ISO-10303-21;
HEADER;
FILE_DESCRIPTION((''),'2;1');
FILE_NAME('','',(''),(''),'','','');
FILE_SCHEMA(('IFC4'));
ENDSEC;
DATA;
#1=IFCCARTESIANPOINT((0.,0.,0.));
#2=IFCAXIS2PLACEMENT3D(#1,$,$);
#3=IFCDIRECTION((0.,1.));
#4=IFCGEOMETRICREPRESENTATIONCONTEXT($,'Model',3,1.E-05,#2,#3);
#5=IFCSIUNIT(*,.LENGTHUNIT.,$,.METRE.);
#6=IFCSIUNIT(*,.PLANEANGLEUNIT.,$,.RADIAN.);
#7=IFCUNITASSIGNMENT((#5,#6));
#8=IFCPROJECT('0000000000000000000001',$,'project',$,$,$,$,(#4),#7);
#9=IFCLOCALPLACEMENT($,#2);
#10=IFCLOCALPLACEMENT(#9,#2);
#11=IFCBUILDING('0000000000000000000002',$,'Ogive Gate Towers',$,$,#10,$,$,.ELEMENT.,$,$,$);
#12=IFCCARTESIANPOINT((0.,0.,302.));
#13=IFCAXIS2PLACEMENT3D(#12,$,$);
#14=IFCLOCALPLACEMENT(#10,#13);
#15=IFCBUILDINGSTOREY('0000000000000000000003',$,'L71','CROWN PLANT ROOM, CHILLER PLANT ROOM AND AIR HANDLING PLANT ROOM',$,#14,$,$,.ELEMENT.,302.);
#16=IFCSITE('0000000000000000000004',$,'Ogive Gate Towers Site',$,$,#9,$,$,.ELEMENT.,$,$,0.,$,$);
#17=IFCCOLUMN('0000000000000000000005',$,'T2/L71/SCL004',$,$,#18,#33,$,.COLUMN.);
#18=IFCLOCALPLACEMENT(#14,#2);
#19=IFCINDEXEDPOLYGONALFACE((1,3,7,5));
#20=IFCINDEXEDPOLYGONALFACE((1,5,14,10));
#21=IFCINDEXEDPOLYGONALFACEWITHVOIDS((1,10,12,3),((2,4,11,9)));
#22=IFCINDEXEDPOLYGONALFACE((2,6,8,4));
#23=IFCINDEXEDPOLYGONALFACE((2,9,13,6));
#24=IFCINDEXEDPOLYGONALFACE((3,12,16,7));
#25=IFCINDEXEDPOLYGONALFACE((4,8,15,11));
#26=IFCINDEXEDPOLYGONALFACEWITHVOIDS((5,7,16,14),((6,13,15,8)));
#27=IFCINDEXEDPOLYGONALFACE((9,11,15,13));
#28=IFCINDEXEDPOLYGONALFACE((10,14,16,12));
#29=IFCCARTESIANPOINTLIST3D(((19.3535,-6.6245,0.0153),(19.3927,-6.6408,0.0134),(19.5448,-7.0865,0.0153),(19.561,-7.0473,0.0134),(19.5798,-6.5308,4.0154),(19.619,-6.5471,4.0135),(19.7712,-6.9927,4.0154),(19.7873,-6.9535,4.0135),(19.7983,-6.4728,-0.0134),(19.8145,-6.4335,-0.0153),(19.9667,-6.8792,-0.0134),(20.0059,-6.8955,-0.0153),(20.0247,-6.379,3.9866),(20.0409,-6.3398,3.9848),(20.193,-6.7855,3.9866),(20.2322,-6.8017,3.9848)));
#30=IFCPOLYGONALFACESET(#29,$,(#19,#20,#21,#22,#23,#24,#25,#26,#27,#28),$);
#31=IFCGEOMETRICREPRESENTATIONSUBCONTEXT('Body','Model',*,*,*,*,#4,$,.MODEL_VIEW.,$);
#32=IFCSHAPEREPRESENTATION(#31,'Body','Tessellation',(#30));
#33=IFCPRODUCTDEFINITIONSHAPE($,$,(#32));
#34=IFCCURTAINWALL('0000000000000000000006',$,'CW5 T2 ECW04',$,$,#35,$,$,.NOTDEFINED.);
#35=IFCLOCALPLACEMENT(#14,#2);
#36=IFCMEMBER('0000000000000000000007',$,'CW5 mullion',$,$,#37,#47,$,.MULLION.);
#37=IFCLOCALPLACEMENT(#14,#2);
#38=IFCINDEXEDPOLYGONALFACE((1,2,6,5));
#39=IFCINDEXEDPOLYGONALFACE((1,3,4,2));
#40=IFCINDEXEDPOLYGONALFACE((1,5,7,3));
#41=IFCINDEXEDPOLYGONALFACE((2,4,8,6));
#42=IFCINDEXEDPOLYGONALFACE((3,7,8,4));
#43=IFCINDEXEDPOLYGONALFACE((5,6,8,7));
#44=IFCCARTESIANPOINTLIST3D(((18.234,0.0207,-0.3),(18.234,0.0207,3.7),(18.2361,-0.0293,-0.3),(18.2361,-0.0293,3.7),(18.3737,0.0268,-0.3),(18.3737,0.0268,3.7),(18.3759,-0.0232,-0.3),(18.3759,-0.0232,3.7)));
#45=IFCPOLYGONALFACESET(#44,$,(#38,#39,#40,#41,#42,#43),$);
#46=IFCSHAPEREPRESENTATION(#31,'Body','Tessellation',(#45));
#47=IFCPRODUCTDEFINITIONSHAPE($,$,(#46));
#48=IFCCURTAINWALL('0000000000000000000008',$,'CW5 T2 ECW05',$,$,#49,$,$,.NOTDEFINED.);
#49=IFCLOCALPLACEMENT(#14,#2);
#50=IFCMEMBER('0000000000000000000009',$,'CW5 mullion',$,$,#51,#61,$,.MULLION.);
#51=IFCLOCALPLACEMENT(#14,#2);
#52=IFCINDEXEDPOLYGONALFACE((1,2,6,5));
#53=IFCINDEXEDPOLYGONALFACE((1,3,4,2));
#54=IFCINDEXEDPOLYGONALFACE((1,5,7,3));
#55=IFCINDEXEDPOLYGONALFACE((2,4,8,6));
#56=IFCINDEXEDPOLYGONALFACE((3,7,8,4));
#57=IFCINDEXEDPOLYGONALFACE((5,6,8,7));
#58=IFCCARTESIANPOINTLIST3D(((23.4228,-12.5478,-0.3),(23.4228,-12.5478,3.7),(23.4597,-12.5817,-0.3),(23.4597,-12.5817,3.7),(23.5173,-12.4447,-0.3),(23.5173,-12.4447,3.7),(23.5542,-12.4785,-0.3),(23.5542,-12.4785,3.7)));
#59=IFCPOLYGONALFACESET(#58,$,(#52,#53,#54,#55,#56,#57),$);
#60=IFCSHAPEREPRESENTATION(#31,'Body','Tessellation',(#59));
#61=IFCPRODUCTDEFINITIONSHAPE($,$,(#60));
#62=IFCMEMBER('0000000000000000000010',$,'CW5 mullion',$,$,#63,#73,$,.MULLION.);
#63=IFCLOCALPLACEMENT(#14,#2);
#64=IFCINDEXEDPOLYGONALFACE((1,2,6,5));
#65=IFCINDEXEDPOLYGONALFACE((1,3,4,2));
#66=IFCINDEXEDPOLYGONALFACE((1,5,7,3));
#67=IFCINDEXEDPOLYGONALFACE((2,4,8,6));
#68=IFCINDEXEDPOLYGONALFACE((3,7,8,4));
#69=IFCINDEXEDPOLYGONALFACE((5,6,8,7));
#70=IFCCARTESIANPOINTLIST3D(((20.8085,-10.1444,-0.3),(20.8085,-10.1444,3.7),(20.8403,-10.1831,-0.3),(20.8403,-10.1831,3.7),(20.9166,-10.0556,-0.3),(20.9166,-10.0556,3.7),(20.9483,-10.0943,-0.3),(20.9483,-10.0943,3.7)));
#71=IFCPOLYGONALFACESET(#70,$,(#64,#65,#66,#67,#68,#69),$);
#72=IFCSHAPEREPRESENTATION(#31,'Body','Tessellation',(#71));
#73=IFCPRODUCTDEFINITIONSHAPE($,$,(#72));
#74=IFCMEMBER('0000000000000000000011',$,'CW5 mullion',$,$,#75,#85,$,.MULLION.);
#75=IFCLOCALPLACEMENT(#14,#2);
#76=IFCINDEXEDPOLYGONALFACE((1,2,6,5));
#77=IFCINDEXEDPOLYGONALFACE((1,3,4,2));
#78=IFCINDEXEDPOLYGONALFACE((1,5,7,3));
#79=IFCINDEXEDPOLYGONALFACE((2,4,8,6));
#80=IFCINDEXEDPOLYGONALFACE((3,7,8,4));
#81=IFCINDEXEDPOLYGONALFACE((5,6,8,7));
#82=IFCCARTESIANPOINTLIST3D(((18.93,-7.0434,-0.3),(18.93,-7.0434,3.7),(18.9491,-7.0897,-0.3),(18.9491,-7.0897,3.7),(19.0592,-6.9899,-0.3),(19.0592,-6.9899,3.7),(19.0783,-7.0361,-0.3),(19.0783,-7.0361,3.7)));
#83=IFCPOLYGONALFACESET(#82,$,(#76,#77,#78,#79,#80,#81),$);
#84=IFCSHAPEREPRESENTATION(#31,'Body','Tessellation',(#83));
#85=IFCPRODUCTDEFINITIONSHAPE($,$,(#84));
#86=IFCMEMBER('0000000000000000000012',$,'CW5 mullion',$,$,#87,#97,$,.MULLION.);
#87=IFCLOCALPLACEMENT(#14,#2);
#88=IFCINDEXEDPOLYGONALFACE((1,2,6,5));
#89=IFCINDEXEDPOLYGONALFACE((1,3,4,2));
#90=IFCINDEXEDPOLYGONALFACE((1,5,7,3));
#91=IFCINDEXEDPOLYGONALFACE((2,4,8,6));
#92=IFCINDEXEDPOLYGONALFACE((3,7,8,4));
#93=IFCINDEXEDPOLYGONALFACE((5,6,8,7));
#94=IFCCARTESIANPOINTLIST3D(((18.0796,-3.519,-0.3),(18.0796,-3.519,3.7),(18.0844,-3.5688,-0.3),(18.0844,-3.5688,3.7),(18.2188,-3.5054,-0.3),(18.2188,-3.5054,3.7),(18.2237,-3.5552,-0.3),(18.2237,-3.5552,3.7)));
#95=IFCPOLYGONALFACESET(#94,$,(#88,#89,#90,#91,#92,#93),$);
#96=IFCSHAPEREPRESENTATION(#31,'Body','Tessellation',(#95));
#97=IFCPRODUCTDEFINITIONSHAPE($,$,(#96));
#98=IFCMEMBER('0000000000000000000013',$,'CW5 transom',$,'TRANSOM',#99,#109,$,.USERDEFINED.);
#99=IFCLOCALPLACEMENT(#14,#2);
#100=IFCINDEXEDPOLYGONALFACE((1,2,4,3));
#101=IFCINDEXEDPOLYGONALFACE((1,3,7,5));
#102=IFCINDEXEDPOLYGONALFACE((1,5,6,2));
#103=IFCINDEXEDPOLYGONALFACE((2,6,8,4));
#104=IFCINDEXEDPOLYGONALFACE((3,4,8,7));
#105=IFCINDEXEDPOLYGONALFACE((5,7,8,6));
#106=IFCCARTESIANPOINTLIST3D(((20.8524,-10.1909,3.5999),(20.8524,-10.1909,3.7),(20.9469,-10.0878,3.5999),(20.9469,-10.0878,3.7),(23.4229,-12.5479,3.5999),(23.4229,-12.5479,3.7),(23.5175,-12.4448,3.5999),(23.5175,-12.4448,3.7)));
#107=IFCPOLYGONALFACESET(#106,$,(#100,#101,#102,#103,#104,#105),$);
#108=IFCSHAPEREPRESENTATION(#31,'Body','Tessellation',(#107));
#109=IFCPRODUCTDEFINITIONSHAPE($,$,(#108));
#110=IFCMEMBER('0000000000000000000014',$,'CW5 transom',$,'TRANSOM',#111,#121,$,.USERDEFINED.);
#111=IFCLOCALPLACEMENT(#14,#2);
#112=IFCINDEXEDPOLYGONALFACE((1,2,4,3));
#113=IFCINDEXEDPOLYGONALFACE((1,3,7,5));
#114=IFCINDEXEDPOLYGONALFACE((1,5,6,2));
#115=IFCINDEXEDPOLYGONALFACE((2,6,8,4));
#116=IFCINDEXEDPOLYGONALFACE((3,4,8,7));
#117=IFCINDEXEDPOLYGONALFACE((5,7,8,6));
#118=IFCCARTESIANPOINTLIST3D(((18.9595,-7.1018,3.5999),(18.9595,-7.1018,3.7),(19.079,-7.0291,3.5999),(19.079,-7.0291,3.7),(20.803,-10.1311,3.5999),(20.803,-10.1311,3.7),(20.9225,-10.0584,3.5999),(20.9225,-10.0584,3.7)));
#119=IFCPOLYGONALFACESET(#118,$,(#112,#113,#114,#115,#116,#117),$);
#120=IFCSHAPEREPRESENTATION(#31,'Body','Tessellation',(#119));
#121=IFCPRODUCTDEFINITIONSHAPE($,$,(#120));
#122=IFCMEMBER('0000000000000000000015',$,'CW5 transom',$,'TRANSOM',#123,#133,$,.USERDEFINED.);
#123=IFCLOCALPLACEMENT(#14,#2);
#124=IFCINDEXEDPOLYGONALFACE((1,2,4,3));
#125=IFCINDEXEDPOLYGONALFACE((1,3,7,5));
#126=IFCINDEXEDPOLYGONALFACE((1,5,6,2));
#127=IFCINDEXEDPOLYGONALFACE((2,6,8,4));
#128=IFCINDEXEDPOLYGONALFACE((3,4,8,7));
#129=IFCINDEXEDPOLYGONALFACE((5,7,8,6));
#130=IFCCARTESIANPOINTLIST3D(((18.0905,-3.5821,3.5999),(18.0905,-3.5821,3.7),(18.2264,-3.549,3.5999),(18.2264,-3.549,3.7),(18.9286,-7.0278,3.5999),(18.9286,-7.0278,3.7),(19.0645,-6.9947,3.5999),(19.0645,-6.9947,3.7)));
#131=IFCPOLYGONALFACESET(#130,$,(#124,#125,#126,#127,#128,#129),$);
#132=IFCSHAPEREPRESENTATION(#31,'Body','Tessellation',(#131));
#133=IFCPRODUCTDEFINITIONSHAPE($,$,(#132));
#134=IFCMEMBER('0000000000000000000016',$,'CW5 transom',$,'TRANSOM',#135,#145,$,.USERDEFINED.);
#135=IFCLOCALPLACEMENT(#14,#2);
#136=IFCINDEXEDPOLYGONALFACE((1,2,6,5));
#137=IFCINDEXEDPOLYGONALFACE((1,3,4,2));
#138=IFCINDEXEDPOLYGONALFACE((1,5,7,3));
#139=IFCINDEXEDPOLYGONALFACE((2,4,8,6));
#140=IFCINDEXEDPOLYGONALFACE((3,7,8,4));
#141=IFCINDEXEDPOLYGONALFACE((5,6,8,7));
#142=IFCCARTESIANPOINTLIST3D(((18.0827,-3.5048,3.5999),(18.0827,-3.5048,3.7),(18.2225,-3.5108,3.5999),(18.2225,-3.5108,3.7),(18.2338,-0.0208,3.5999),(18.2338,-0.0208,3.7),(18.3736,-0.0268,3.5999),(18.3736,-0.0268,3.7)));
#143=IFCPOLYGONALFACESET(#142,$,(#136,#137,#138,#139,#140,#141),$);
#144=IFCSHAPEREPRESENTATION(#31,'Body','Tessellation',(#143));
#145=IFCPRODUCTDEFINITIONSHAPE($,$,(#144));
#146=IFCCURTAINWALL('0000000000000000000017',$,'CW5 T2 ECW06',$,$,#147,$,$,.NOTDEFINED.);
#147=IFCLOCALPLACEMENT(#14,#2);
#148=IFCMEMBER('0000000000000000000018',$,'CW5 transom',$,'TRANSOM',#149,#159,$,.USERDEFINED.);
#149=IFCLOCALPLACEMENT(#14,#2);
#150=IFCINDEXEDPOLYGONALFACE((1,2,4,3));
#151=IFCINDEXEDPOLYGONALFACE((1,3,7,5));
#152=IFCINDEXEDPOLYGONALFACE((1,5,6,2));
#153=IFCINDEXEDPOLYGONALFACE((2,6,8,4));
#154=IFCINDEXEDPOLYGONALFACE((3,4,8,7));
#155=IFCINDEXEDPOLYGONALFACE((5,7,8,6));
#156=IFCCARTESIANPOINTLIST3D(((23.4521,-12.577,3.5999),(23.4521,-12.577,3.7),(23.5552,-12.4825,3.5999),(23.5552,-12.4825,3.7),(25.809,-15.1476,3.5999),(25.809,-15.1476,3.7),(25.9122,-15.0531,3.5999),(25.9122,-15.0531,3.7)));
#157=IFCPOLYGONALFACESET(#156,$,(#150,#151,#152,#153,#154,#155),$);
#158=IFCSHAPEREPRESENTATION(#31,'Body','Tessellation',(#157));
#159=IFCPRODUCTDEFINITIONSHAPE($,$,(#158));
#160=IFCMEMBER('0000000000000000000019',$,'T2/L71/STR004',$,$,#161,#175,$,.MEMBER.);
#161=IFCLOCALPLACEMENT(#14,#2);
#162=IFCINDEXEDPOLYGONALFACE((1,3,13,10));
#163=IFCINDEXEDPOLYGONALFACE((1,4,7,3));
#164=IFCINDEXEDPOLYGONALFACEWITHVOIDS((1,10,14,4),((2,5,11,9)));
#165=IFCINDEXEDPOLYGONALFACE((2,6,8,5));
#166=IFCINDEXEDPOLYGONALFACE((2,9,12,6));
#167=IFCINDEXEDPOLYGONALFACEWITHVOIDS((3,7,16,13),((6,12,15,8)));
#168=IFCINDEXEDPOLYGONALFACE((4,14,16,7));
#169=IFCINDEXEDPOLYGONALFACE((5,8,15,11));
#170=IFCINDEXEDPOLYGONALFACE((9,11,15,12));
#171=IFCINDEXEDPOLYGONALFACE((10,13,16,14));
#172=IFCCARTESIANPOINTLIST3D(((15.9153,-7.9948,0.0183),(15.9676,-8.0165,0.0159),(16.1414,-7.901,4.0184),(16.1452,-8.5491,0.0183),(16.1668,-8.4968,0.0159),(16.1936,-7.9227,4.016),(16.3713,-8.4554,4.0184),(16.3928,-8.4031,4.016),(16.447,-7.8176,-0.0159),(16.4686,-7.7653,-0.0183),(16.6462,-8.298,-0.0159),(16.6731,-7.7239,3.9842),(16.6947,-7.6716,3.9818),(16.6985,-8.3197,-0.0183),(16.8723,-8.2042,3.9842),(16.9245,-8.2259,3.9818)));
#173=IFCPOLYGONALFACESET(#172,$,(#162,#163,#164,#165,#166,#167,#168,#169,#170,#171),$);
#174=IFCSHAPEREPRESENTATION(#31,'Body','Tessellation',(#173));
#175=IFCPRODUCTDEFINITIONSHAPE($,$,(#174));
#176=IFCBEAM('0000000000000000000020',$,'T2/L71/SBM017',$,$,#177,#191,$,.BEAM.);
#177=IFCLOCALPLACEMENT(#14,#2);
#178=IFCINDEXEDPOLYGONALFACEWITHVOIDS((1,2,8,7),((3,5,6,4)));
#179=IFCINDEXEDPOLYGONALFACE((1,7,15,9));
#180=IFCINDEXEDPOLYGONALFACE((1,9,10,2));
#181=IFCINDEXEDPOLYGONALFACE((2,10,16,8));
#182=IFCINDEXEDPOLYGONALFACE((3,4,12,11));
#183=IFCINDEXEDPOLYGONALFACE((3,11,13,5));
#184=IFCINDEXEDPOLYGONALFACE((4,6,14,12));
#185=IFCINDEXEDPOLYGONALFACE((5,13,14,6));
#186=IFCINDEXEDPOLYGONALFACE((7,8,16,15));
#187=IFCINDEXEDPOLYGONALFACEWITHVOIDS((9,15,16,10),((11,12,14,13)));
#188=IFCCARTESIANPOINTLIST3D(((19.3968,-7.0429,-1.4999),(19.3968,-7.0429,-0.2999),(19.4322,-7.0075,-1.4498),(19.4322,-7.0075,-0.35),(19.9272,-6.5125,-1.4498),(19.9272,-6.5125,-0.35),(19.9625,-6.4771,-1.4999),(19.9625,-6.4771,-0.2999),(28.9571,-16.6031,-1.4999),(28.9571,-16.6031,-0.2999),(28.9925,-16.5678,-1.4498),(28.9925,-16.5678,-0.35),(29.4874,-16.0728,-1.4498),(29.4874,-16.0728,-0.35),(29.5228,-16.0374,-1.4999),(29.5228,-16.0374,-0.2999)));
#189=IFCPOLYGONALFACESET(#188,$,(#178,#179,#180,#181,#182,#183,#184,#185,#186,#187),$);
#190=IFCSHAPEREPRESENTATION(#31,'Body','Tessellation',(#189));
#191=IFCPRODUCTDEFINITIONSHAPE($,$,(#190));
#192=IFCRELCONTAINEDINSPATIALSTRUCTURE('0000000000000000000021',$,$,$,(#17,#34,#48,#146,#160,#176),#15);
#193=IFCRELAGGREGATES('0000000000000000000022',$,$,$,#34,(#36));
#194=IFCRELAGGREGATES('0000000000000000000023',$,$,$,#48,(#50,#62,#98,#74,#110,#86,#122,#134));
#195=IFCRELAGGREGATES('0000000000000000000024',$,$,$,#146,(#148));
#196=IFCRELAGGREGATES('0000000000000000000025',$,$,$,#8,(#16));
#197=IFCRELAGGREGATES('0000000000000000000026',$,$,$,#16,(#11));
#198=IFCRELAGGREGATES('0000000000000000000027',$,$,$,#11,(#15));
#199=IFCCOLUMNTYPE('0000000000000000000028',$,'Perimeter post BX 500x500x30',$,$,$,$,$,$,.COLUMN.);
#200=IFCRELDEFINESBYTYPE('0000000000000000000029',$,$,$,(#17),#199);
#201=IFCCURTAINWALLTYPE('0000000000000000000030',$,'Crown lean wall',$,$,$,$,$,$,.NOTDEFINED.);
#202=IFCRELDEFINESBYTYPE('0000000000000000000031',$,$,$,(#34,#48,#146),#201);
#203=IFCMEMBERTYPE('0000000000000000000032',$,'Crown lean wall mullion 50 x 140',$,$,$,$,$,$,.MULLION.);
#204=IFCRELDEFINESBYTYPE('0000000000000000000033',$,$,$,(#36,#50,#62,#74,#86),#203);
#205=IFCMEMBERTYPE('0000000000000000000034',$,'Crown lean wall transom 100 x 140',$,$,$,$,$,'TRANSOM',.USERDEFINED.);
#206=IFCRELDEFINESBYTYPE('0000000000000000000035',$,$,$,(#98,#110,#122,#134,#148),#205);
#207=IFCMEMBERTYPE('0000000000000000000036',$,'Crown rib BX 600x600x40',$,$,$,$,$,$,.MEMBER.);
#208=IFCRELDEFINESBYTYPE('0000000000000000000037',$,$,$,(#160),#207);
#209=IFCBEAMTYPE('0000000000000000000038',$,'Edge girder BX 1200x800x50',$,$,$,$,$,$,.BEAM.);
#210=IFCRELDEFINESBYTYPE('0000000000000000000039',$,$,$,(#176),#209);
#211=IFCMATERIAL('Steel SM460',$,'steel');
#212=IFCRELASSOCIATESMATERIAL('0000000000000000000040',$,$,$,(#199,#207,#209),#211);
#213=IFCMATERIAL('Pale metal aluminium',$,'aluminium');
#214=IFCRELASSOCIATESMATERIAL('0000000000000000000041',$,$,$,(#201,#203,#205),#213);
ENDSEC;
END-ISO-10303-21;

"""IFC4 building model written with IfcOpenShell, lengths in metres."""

from ifc_helpers import new_model, si_unit, direction, frame, origin, origin_2d, place, context, subcontext, project, spatial, rectangle, hollow_rectangle, extrude, material, material_profile, profile_set, type_object, element, aggregate, save


model = new_model("IFC4")

# Units and contexts
model_context = context("Model", 3, precision=1e-05, world=origin(), true_north=direction((0.0, 1.0)))
body_context = subcontext(model_context, "Body", "Model", "MODEL_VIEW")
ifc_project = project(units=[si_unit("LENGTHUNIT", "METRE"), si_unit("PLANEANGLEUNIT", "RADIAN")], contexts=[model_context])

# Site, building, storey
site_placement = place(None, origin())
site = spatial("IfcSite", under=ifc_project, at=site_placement, Name="Ogive Gate Towers Site", CompositionType="ELEMENT", RefElevation=0.0)
building_placement = place(site_placement, origin())
building = spatial("IfcBuilding", under=site, at=building_placement, Name="Ogive Gate Towers", CompositionType="ELEMENT")
storey_placement = place(building_placement, frame((0.0, 0.0, 302.0)))
storey = spatial("IfcBuildingStorey", under=building, at=storey_placement, Name="L71", Description="CROWN PLANT ROOM, CHILLER PLANT ROOM AND AIR HANDLING PLANT ROOM", CompositionType="ELEMENT", Elevation=302.0)

# Column
ifc_material_1 = material(Name="Steel SM460", Category="steel")
ifc_material_profile_1 = material_profile(ifc_material_1, hollow_rectangle(XDim=0.5, YDim=0.5, WallThickness=0.03, at=origin_2d()), Name="BX 500x500x30")
ifc_profile_set_1 = profile_set([ifc_material_profile_1], Name="Steel SM460")
column_type = type_object("IfcColumnType", Name="Perimeter post BX 500x500x30", PredefinedType="COLUMN", material=ifc_profile_set_1)
column_placement = place(storey_placement, frame((19.6797, -6.76, 0.0), z_axis=(0.056474, 0.023394, 0.99813), x_axis=(-0.382704, 0.923871, 0.0)))
element("IfcColumn", 1, at=column_placement, inside=storey, type_object=column_type, Name="T2/L71/SCL004", PredefinedType="COLUMN", context=body_context, shape_type="SweptSolid", body=[
    extrude(hollow_rectangle(XDim=0.5, YDim=0.5, WallThickness=0.03, at=origin_2d()), origin(), (0.0, 0.0, 1.0), 4.0076),
])

# Curtain wall, member
ifc_material_2 = material(Name="Pale metal aluminium", Category="aluminium")
curtain_wall_type = type_object("IfcCurtainWallType", Name="Crown lean wall", PredefinedType="NOTDEFINED", material=ifc_material_2)
curtain_wall_1_placement = place(storey_placement, origin())
curtain_wall_1 = element("IfcCurtainWall", 2, at=curtain_wall_1_placement, inside=storey, type_object=curtain_wall_type, Name="CW5 T2 ECW04", PredefinedType="NOTDEFINED")
ifc_material_profile_2 = material_profile(ifc_material_2, rectangle(XDim=0.1399, YDim=0.05, at=origin_2d()), Name="50 x 140 aluminium box")
ifc_profile_set_2 = profile_set([ifc_material_profile_2], Name="Pale metal aluminium")
member_type_1 = type_object("IfcMemberType", Name="Crown lean wall mullion 50 x 140", PredefinedType="MULLION", material=ifc_profile_set_2)
member_1_placement = place(storey_placement, frame((18.3049, -0.0012, -0.3), z_axis=(0.0, 0.0, 1.0), x_axis=(0.99906, 0.04334, 0.0)))
member_1 = element("IfcMember", 3, at=member_1_placement, type_object=member_type_1, Name="CW5 mullion", PredefinedType="MULLION", context=body_context, shape_type="SweptSolid", body=[
    extrude(rectangle(XDim=0.1399, YDim=0.05, at=origin_2d()), origin(), (0.0, 0.0, 1.0), 4.0),
])
aggregate(curtain_wall_1, [member_1])

# Curtain wall, members
curtain_wall_2_placement = place(storey_placement, origin())
curtain_wall_2 = element("IfcCurtainWall", 4, at=curtain_wall_2_placement, inside=storey, type_object=curtain_wall_type, Name="CW5 T2 ECW05", PredefinedType="NOTDEFINED")
member_2_placement = place(storey_placement, frame((23.4885, -12.5132, -0.3), z_axis=(0.0, 0.0, 1.0), x_axis=(0.675796, 0.737089, 0.0)))
member_2 = element("IfcMember", 5, at=member_2_placement, type_object=member_type_1, Name="CW5 mullion", PredefinedType="MULLION", context=body_context, shape_type="SweptSolid", body=[
    extrude(rectangle(XDim=0.1399, YDim=0.05, at=origin_2d()), origin(), (0.0, 0.0, 1.0), 4.0),
])
member_3_placement = place(storey_placement, frame((20.8784, -10.1194, -0.3), z_axis=(0.0, 0.0, 1.0), x_axis=(0.772689, 0.634784, 0.0)))
member_3 = element("IfcMember", 6, at=member_3_placement, type_object=member_type_1, Name="CW5 mullion", PredefinedType="MULLION", context=body_context, shape_type="SweptSolid", body=[
    extrude(rectangle(XDim=0.1399, YDim=0.05, at=origin_2d()), origin(), (0.0, 0.0, 1.0), 4.0),
])
member_4_placement = place(storey_placement, frame((19.0042, -7.0398, -0.3), z_axis=(0.0, 0.0, 1.0), x_axis=(0.92388, 0.382683, 0.0)))
member_4 = element("IfcMember", 7, at=member_4_placement, type_object=member_type_1, Name="CW5 mullion", PredefinedType="MULLION", context=body_context, shape_type="SweptSolid", body=[
    extrude(rectangle(XDim=0.1399, YDim=0.05, at=origin_2d()), origin(), (0.0, 0.0, 1.0), 4.0),
])
member_5_placement = place(storey_placement, frame((18.1516, -3.5371, -0.3), z_axis=(0.0, 0.0, 1.0), x_axis=(0.995234, 0.097513, 0.0)))
member_5 = element("IfcMember", 8, at=member_5_placement, type_object=member_type_1, Name="CW5 mullion", PredefinedType="MULLION", context=body_context, shape_type="SweptSolid", body=[
    extrude(rectangle(XDim=0.1399, YDim=0.05, at=origin_2d()), origin(), (0.0, 0.0, 1.0), 4.0),
])
ifc_material_profile_3 = material_profile(ifc_material_2, rectangle(XDim=0.1399, YDim=0.1001, at=origin_2d()), Name="100 x 140 aluminium box")
ifc_profile_set_3 = profile_set([ifc_material_profile_3], Name="Pale metal aluminium")
member_type_2 = type_object("IfcMemberType", Name="Crown lean wall transom 100 x 140", ElementType="TRANSOM", PredefinedType="USERDEFINED", material=ifc_profile_set_3)
member_6_placement = place(storey_placement, frame((23.4702, -12.4963, 3.6499), z_axis=(-0.73707, 0.675817, 0.0), x_axis=(-0.675817, -0.73707, 0.0)))
member_6 = element("IfcMember", 9, at=member_6_placement, type_object=member_type_2, Name="CW5 transom", ObjectType="TRANSOM", PredefinedType="USERDEFINED", context=body_context, shape_type="SweptSolid", body=[
    extrude(rectangle(XDim=0.1399, YDim=0.1001, at=origin_2d()), origin(), (0.0, 0.0, 1.0), 3.4875),
])
member_7_placement = place(storey_placement, frame((20.8628, -10.0947, 3.6499), z_axis=(-0.519862, 0.85425, 0.0), x_axis=(-0.85425, -0.519862, 0.0)))
member_7 = element("IfcMember", 10, at=member_7_placement, type_object=member_type_2, Name="CW5 transom", ObjectType="TRANSOM", PredefinedType="USERDEFINED", context=body_context, shape_type="SweptSolid", body=[
    extrude(rectangle(XDim=0.1399, YDim=0.1001, at=origin_2d()), origin(), (0.0, 0.0, 1.0), 3.5461),
])
member_8_placement = place(storey_placement, frame((18.9966, -7.0112, 3.6499), z_axis=(-0.236359, 0.971666, 0.0), x_axis=(-0.971666, -0.236359, 0.0)))
member_8 = element("IfcMember", 11, at=member_8_placement, type_object=member_type_2, Name="CW5 transom", ObjectType="TRANSOM", PredefinedType="USERDEFINED", context=body_context, shape_type="SweptSolid", body=[
    extrude(rectangle(XDim=0.1399, YDim=0.1001, at=origin_2d()), origin(), (0.0, 0.0, 1.0), 3.5461),
])
member_9_placement = place(storey_placement, frame((18.1526, -3.5078, 3.6499), z_axis=(0.043334, 0.999061, 0.0), x_axis=(-0.999061, 0.043334, 0.0)))
member_9 = element("IfcMember", 12, at=member_9_placement, type_object=member_type_2, Name="CW5 transom", ObjectType="TRANSOM", PredefinedType="USERDEFINED", context=body_context, shape_type="SweptSolid", body=[
    extrude(rectangle(XDim=0.1399, YDim=0.1001, at=origin_2d()), origin(), (0.0, 0.0, 1.0), 3.4873),
])

# Curtain wall, member
curtain_wall_3_placement = place(storey_placement, origin())
curtain_wall_3 = element("IfcCurtainWall", 13, at=curtain_wall_3_placement, inside=storey, type_object=curtain_wall_type, Name="CW5 T2 ECW06", PredefinedType="NOTDEFINED")
member_10_placement = place(storey_placement, frame((25.8606, -15.1003, 3.6499), z_axis=(-0.675817, 0.73707, 0.0), x_axis=(-0.73707, -0.675817, 0.0)))
member_10 = element("IfcMember", 14, at=member_10_placement, type_object=member_type_2, Name="CW5 transom", ObjectType="TRANSOM", PredefinedType="USERDEFINED", context=body_context, shape_type="SweptSolid", body=[
    extrude(rectangle(XDim=0.1399, YDim=0.1001, at=origin_2d()), origin(), (0.0, 0.0, 1.0), 3.4875),
])

# Member
ifc_material_profile_4 = material_profile(ifc_material_1, hollow_rectangle(XDim=0.6001, YDim=0.6001, WallThickness=0.04, at=origin_2d()), Name="BX 600x600x40")
ifc_profile_set_4 = profile_set([ifc_material_profile_4], Name="Steel SM460")
member_type_3 = type_object("IfcMemberType", Name="Crown rib BX 600x600x40", PredefinedType="MEMBER", material=ifc_profile_set_4)
member_11_placement = place(storey_placement, frame((16.3069, -8.1572, 0.0), z_axis=(0.056413, 0.023394, 0.998133), x_axis=(-0.383057, 0.923725, 0.0)))
element("IfcMember", 15, at=member_11_placement, inside=storey, type_object=member_type_3, Name="T2/L71/STR004", PredefinedType="MEMBER", context=body_context, shape_type="SweptSolid", body=[
    extrude(hollow_rectangle(XDim=0.6001, YDim=0.6001, WallThickness=0.04, at=origin_2d()), origin(), (0.0, 0.0, 1.0), 4.0076),
])

# Beam
ifc_material_profile_5 = material_profile(ifc_material_1, hollow_rectangle(XDim=0.8, YDim=1.2, WallThickness=0.05, at=origin_2d()), Name="BX 1200x800x50")
ifc_profile_set_5 = profile_set([ifc_material_profile_5], Name="Steel SM460")
beam_type = type_object("IfcBeamType", Name="Edge girder BX 1200x800x50", PredefinedType="BEAM", material=ifc_profile_set_5)
beam_placement = place(storey_placement, frame((19.6797, -6.76, -0.8999), z_axis=(0.707107, -0.707107, 0.0), x_axis=(0.707107, 0.707107, 0.0)))
element("IfcBeam", 16, at=beam_placement, inside=storey, type_object=beam_type, Name="T2/L71/SBM017", PredefinedType="BEAM", context=body_context, shape_type="SweptSolid", body=[
    extrude(hollow_rectangle(XDim=0.8, YDim=1.2, WallThickness=0.05, at=origin_2d()), origin(), (0.0, 0.0, 1.0), 13.5203),
])

aggregate(curtain_wall_2, [member_2, member_3, member_6, member_4, member_7, member_5, member_8, member_9])
aggregate(curtain_wall_3, [member_10])

save(model, "model.ifc")
